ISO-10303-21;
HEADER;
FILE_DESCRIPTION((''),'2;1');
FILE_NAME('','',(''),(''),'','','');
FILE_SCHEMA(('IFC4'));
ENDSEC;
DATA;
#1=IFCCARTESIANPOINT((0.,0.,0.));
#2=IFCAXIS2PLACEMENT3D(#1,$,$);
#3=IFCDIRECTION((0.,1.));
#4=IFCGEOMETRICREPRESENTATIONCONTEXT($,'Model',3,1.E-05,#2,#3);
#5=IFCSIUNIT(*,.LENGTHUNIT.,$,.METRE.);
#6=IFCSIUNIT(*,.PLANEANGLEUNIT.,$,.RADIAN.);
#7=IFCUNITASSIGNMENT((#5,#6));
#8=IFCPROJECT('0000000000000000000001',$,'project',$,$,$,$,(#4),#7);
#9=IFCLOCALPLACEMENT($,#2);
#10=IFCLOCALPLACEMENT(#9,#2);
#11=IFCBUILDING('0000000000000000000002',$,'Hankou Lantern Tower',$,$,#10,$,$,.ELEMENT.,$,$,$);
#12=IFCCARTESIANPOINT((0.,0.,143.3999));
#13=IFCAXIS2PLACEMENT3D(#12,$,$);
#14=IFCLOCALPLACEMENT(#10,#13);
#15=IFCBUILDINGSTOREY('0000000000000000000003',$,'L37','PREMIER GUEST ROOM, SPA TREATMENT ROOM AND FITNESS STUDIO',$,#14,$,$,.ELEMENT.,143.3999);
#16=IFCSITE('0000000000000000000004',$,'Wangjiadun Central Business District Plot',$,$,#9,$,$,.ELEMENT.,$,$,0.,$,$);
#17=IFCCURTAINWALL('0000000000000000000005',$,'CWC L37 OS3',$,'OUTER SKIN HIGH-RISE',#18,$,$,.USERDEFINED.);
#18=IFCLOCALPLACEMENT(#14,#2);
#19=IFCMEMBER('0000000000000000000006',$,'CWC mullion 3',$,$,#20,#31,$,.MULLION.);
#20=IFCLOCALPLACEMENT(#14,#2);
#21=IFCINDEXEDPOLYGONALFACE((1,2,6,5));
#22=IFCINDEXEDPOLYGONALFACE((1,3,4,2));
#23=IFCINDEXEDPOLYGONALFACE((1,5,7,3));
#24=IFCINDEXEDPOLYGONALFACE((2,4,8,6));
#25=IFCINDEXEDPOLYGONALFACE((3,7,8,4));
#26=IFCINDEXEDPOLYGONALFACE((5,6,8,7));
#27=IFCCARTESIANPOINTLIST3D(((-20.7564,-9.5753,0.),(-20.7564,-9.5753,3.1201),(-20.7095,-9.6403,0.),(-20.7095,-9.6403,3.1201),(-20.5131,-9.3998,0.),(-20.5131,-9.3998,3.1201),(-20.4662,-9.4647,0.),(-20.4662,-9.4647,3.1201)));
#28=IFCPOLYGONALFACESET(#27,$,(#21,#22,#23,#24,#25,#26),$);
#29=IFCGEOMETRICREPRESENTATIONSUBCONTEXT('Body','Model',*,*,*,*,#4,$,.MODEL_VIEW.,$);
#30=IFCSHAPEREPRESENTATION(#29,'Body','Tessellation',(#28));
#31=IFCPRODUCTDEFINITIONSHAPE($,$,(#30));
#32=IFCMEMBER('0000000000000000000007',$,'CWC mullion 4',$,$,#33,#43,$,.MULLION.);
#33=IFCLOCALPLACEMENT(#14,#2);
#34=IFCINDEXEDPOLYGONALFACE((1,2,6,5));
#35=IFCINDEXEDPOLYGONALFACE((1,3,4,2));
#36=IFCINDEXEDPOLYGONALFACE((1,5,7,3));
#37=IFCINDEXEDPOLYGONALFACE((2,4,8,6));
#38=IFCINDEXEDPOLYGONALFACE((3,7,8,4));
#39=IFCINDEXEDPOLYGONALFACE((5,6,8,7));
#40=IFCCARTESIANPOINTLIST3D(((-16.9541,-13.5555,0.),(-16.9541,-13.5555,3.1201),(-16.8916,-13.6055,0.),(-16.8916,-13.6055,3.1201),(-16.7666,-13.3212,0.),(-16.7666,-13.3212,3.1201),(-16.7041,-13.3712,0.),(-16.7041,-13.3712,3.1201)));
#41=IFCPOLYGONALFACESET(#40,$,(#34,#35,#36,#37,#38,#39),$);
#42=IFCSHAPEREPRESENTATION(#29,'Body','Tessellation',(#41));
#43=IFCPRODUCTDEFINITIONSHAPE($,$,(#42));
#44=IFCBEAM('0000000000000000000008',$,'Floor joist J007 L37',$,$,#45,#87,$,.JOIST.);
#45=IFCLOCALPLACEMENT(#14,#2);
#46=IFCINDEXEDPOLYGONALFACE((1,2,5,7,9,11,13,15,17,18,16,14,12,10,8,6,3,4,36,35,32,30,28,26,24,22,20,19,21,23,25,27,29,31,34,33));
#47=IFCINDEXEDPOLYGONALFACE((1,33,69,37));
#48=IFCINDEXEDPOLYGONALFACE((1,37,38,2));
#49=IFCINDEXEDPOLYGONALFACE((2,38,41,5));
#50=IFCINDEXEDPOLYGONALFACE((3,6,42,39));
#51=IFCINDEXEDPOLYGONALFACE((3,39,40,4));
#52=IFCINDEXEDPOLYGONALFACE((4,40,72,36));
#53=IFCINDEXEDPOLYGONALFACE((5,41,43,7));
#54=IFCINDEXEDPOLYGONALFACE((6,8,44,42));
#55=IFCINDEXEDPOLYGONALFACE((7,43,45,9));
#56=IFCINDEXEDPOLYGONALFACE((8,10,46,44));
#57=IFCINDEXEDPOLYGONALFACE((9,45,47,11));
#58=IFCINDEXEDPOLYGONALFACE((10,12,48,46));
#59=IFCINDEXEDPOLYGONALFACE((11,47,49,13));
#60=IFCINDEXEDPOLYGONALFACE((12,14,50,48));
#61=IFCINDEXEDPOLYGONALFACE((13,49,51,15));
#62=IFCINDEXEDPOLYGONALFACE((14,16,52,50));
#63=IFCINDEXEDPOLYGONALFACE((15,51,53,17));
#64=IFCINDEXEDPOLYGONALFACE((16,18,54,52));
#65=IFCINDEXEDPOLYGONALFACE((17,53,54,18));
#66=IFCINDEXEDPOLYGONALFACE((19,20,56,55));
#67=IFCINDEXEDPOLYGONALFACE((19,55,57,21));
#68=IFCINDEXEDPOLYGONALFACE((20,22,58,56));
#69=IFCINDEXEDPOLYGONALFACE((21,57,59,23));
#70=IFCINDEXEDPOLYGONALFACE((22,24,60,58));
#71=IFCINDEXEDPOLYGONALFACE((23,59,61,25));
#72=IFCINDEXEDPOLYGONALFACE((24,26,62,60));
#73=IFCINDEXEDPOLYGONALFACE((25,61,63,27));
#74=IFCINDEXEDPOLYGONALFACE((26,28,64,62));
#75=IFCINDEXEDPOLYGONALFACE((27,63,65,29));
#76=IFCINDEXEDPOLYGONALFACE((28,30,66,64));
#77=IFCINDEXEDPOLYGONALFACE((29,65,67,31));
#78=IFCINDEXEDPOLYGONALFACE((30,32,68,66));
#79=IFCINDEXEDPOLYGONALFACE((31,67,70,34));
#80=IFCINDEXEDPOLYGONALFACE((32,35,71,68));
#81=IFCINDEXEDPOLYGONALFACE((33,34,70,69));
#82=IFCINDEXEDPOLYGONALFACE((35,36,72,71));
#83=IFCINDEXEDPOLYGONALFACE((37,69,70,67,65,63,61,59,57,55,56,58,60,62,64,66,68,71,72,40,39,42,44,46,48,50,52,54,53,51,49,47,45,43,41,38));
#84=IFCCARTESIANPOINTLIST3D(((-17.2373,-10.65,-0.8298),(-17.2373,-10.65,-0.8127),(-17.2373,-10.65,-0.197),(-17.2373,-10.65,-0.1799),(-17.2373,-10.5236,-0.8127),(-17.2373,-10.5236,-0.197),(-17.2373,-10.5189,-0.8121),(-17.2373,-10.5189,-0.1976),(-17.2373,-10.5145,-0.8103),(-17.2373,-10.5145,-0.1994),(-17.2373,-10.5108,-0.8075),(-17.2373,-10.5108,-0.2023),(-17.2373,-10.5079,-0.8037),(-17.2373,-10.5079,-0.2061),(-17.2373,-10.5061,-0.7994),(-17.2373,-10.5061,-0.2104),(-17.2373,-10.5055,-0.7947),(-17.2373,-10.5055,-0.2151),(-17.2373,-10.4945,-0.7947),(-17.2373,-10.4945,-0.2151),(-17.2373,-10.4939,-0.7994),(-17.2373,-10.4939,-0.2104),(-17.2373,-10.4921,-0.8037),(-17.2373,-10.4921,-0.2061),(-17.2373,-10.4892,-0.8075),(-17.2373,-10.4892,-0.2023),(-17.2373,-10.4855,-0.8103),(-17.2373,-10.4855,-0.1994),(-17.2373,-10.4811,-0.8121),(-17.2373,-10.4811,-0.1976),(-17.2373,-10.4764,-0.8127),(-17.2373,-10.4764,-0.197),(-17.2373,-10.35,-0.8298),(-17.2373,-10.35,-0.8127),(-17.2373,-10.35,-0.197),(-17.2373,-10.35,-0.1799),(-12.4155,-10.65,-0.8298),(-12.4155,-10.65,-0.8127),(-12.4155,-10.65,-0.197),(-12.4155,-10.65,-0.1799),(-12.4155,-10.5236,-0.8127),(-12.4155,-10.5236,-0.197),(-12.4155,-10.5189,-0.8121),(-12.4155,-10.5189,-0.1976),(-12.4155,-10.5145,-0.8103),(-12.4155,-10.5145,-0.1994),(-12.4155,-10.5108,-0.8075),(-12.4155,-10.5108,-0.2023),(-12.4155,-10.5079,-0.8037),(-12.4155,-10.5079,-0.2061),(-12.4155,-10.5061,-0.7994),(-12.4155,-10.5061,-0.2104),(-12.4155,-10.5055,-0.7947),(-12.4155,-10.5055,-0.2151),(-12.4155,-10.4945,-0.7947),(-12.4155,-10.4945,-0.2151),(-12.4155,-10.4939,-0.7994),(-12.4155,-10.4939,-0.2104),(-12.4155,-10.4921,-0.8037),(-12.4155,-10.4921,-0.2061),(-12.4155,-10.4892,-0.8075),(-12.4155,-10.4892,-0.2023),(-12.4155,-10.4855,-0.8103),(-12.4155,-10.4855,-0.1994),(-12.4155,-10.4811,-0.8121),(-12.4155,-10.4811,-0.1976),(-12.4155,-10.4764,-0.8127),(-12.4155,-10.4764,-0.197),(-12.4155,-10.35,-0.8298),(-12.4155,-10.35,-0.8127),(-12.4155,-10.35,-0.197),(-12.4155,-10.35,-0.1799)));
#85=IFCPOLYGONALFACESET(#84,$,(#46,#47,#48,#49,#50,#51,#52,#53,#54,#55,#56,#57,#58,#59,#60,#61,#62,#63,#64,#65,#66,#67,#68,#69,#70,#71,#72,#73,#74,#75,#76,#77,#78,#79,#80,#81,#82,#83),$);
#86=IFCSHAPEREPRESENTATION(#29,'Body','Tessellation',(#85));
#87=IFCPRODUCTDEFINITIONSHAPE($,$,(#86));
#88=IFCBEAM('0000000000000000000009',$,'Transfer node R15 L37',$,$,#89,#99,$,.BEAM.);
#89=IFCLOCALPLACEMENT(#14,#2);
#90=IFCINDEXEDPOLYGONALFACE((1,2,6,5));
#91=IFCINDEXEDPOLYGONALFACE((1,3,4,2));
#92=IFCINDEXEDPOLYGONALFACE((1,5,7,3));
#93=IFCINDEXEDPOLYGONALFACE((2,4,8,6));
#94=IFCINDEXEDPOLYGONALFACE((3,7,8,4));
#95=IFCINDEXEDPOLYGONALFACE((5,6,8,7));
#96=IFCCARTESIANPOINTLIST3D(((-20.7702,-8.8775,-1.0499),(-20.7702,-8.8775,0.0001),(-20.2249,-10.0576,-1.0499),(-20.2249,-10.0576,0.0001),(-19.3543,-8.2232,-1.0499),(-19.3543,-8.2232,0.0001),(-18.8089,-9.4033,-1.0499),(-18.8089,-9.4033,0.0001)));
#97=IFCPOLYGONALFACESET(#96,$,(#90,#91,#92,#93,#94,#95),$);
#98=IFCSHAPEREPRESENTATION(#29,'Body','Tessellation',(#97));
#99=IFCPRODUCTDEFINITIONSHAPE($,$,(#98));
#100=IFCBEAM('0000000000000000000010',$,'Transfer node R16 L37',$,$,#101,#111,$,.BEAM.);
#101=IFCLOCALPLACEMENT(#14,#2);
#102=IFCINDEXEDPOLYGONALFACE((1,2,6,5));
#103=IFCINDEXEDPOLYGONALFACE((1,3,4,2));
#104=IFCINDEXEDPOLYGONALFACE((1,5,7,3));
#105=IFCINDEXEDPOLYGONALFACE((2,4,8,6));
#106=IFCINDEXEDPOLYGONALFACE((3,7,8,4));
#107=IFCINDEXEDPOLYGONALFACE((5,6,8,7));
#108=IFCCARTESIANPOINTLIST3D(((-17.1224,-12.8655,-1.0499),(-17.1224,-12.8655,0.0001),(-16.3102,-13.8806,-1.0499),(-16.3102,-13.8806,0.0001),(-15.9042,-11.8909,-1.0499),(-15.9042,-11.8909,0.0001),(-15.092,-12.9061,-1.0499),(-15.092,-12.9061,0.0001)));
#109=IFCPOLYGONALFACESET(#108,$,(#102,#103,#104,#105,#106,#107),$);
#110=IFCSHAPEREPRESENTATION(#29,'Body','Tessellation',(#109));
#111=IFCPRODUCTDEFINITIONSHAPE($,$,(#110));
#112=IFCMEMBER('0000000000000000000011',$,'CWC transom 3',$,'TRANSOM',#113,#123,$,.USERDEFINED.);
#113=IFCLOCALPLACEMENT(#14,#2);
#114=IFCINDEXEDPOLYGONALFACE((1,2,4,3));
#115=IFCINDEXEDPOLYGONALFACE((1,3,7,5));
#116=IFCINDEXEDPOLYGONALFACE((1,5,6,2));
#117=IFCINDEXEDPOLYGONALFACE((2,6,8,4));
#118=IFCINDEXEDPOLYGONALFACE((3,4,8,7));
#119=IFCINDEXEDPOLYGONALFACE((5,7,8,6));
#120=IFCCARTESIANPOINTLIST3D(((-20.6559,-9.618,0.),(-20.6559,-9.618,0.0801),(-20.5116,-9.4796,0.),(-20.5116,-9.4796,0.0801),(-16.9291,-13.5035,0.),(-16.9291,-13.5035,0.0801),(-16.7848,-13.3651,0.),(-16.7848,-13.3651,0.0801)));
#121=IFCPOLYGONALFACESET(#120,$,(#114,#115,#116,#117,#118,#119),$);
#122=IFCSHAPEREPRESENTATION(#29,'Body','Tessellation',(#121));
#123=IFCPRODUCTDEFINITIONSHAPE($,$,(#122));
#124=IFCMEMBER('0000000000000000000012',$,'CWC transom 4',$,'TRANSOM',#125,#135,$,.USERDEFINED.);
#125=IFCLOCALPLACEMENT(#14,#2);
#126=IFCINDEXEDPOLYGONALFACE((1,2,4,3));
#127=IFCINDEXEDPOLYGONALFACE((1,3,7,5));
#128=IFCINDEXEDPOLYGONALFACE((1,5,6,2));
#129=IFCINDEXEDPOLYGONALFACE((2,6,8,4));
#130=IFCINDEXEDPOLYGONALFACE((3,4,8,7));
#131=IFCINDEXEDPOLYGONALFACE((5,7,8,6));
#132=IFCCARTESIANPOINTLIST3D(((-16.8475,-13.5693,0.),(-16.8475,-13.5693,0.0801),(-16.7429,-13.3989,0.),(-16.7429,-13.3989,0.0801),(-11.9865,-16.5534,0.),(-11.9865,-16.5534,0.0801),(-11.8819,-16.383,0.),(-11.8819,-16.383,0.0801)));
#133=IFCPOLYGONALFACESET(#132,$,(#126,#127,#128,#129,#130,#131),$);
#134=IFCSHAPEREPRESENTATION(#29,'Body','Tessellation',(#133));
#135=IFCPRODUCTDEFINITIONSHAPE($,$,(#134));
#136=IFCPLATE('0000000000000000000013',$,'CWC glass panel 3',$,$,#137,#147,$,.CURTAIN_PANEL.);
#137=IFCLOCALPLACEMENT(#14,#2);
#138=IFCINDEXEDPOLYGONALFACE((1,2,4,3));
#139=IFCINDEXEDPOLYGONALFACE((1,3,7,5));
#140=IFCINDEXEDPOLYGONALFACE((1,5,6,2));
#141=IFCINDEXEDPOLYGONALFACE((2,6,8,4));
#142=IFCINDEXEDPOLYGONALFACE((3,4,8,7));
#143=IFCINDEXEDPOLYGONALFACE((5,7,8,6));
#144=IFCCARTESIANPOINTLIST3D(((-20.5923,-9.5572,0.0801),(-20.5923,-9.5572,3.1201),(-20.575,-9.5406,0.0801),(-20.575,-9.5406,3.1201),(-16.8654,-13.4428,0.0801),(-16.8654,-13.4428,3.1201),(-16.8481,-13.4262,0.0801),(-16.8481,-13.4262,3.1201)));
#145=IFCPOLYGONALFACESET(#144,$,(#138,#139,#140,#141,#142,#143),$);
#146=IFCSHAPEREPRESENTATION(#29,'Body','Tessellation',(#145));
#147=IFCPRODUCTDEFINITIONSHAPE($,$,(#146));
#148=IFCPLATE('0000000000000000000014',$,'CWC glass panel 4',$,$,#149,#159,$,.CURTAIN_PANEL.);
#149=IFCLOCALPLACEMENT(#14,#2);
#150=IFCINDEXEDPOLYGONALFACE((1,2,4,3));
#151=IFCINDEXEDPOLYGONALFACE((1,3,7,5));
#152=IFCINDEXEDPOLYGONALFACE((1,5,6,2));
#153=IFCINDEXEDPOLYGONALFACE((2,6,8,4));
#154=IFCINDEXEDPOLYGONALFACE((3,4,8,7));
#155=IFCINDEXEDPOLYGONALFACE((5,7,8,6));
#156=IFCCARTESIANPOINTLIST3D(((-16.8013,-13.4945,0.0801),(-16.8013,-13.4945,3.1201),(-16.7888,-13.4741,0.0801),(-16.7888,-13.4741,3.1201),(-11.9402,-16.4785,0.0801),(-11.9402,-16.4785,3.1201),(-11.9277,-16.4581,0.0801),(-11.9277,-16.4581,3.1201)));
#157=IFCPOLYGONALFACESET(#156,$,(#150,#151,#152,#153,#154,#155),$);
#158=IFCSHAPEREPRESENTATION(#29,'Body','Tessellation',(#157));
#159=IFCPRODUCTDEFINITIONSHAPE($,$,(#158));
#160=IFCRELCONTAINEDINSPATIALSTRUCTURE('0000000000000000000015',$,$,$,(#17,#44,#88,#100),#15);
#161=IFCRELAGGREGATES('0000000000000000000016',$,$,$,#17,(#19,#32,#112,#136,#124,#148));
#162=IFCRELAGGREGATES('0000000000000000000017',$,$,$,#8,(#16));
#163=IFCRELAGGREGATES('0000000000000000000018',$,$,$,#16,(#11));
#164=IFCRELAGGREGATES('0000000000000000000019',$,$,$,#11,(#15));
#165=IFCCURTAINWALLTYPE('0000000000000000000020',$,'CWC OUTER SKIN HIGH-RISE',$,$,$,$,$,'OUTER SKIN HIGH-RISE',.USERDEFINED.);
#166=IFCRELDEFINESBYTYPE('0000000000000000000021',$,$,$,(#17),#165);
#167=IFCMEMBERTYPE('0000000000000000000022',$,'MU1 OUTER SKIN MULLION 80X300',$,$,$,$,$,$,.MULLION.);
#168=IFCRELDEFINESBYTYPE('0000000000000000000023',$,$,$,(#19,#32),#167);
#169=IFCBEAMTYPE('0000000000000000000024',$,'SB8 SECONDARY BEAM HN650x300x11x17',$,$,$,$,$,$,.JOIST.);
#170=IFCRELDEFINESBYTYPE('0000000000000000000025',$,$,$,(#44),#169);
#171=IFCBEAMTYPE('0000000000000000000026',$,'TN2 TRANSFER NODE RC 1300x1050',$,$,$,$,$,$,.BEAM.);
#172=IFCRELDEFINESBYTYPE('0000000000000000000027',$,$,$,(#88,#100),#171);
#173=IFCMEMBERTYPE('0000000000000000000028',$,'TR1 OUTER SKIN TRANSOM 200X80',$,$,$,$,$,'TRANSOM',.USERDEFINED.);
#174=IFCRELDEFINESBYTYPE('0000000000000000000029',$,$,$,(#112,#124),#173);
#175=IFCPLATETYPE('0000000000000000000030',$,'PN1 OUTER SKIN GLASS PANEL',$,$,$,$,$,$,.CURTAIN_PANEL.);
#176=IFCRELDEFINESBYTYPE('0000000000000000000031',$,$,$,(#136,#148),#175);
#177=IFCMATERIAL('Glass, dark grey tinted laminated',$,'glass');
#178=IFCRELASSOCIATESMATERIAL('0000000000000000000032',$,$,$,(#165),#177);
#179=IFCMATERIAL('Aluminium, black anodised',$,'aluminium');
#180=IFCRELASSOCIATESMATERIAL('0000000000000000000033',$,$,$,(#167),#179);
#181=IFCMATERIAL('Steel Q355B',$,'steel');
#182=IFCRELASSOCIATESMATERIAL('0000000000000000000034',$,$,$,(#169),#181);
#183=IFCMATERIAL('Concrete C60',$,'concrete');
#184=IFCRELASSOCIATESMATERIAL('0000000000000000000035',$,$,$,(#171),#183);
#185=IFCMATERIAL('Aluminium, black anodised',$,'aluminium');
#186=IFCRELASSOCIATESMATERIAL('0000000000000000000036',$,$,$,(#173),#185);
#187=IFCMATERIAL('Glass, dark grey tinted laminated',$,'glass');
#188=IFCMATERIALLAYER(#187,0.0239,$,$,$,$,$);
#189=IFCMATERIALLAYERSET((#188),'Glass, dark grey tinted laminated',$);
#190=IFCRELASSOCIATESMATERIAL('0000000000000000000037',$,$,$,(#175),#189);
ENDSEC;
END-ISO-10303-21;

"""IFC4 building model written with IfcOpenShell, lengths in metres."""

from ifc_helpers import new_model, si_unit, direction, frame, origin, origin_2d, place, context, subcontext, project, spatial, rectangle, i_section, extrude, material, layer, layer_set, material_profile, profile_set, type_object, element, aggregate, save


model = new_model("IFC4")

# Units and contexts
model_context = context("Model", 3, precision=1e-05, world=origin(), true_north=direction((0.0, 1.0)))
body_context = subcontext(model_context, "Body", "Model", "MODEL_VIEW")
ifc_project = project(units=[si_unit("LENGTHUNIT", "METRE"), si_unit("PLANEANGLEUNIT", "RADIAN")], contexts=[model_context])

# Site, building, storey
site_placement = place(None, origin())
site = spatial("IfcSite", under=ifc_project, at=site_placement, Name="Wangjiadun Central Business District Plot", CompositionType="ELEMENT", RefElevation=0.0)
building_placement = place(site_placement, origin())
building = spatial("IfcBuilding", under=site, at=building_placement, Name="Hankou Lantern Tower", CompositionType="ELEMENT")
storey_placement = place(building_placement, frame((0.0, 0.0, 143.3999)))
storey = spatial("IfcBuildingStorey", under=building, at=storey_placement, Name="L37", Description="PREMIER GUEST ROOM, SPA TREATMENT ROOM AND FITNESS STUDIO", CompositionType="ELEMENT", Elevation=143.3999)

# Curtain wall, members
ifc_material_1 = material(Name="Glass, dark grey tinted laminated", Category="glass")
curtain_wall_type = type_object("IfcCurtainWallType", Name="CWC OUTER SKIN HIGH-RISE", ElementType="OUTER SKIN HIGH-RISE", PredefinedType="USERDEFINED", material=ifc_material_1)
curtain_wall_placement = place(storey_placement, origin())
curtain_wall = element("IfcCurtainWall", 1, at=curtain_wall_placement, inside=storey, type_object=curtain_wall_type, Name="CWC L37 OS3", ObjectType="OUTER SKIN HIGH-RISE", PredefinedType="USERDEFINED")
ifc_material_2 = material(Name="Aluminium, black anodised", Category="aluminium")
ifc_material_profile_1 = material_profile(ifc_material_2, rectangle(XDim=0.0801, YDim=0.3, at=origin_2d()), Name="MU1 80X300")
ifc_profile_set_1 = profile_set([ifc_material_profile_1], Name="Aluminium, black anodised")
member_type_1 = type_object("IfcMemberType", Name="MU1 OUTER SKIN MULLION 80X300", PredefinedType="MULLION", material=ifc_profile_set_1)
member_1_placement = place(storey_placement, frame((-20.6113, -9.52, 0.0), z_axis=(0.0, 0.0, 1.0), x_axis=(0.585206, -0.810885, 0.0)))
member_1 = element("IfcMember", 2, at=member_1_placement, type_object=member_type_1, Name="CWC mullion 3", PredefinedType="MULLION", context=body_context, shape_type="SweptSolid", body=[
    extrude(rectangle(XDim=0.0801, YDim=0.3, at=origin_2d()), origin(), (0.0, 0.0, 1.0), 3.1201),
])
member_2_placement = place(storey_placement, frame((-16.8291, -13.4634, 0.0), z_axis=(0.0, 0.0, 1.0), x_axis=(0.780869, -0.624695, 0.0)))
member_2 = element("IfcMember", 3, at=member_2_placement, type_object=member_type_1, Name="CWC mullion 4", PredefinedType="MULLION", context=body_context, shape_type="SweptSolid", body=[
    extrude(rectangle(XDim=0.0801, YDim=0.3, at=origin_2d()), origin(), (0.0, 0.0, 1.0), 3.1201),
])

# Beams
ifc_material_3 = material(Name="Steel Q355B", Category="steel")
ifc_material_profile_2 = material_profile(ifc_material_3, i_section(OverallWidth=0.3, OverallDepth=0.6499, WebThickness=0.011, FlangeThickness=0.0171, FilletRadius=0.0181, at=origin_2d()), Name="HN650x300x11x17")
ifc_profile_set_2 = profile_set([ifc_material_profile_2], Name="Steel Q355B")
beam_type_1 = type_object("IfcBeamType", Name="SB8 SECONDARY BEAM HN650x300x11x17", PredefinedType="JOIST", material=ifc_profile_set_2)
beam_1_placement = place(storey_placement, frame((-17.2373, -10.5, -0.5049), z_axis=(1.0, 0.0, 0.0), x_axis=(0.0, 1.0, 0.0)))
element("IfcBeam", 4, at=beam_1_placement, inside=storey, type_object=beam_type_1, Name="Floor joist J007 L37", PredefinedType="JOIST", context=body_context, shape_type="SweptSolid", body=[
    extrude(i_section(OverallWidth=0.3, OverallDepth=0.6499, WebThickness=0.011, FlangeThickness=0.0171, FilletRadius=0.0181, at=origin_2d()), origin(), (0.0, 0.0, 1.0), 4.8218),
])
ifc_material_4 = material(Name="Concrete C60", Category="concrete")
ifc_material_profile_3 = material_profile(ifc_material_4, rectangle(XDim=1.3, YDim=1.05, at=origin_2d()), Name="RC 1300x1050")
ifc_profile_set_3 = profile_set([ifc_material_profile_3], Name="Concrete C60")
beam_type_2 = type_object("IfcBeamType", Name="TN2 TRANSFER NODE RC 1300x1050", PredefinedType="BEAM", material=ifc_profile_set_3)
beam_2_placement = place(storey_placement, frame((-20.4976, -9.4675, -0.5249), z_axis=(0.907776, 0.419455, 0.0), x_axis=(-0.419455, 0.907776, 0.0)))
element("IfcBeam", 5, at=beam_2_placement, inside=storey, type_object=beam_type_2, Name="Transfer node R15 L37", PredefinedType="BEAM", context=body_context, shape_type="SweptSolid", body=[
    extrude(rectangle(XDim=1.3, YDim=1.05, at=origin_2d()), origin(), (0.0, 0.0, 1.0), 1.5598),
])
beam_3_placement = place(storey_placement, frame((-16.7163, -13.373, -0.5249), z_axis=(0.780869, 0.624695, 0.0), x_axis=(-0.624695, 0.780869, 0.0)))
element("IfcBeam", 6, at=beam_3_placement, inside=storey, type_object=beam_type_2, Name="Transfer node R16 L37", PredefinedType="BEAM", context=body_context, shape_type="SweptSolid", body=[
    extrude(rectangle(XDim=1.3, YDim=1.05, at=origin_2d()), origin(), (0.0, 0.0, 1.0), 1.5601),
])

# Members
ifc_material_5 = material(Name="Aluminium, black anodised", Category="aluminium")
ifc_material_profile_4 = material_profile(ifc_material_5, rectangle(XDim=0.2, YDim=0.0801, at=origin_2d()), Name="TR1 200X80")
ifc_profile_set_4 = profile_set([ifc_material_profile_4], Name="Aluminium, black anodised")
member_type_2 = type_object("IfcMemberType", Name="TR1 OUTER SKIN TRANSOM 200X80", ElementType="TRANSOM", PredefinedType="USERDEFINED", material=ifc_profile_set_4)
member_3_placement = place(storey_placement, frame((-20.5837, -9.5488, 0.04), z_axis=(0.692216, -0.721691, 0.0), x_axis=(0.721691, 0.692216, 0.0)))
member_3 = element("IfcMember", 7, at=member_3_placement, type_object=member_type_2, Name="CWC transom 3", ObjectType="TRANSOM", PredefinedType="USERDEFINED", context=body_context, shape_type="SweptSolid", body=[
    extrude(rectangle(XDim=0.2, YDim=0.0801, at=origin_2d()), origin(), (0.0, 0.0, 1.0), 5.3838),
])
member_4_placement = place(storey_placement, frame((-16.7952, -13.4841, 0.04), z_axis=(0.852229, -0.523168, 0.0), x_axis=(0.523168, 0.852229, 0.0)))
member_4 = element("IfcMember", 8, at=member_4_placement, type_object=member_type_2, Name="CWC transom 4", ObjectType="TRANSOM", PredefinedType="USERDEFINED", context=body_context, shape_type="SweptSolid", body=[
    extrude(rectangle(XDim=0.2, YDim=0.0801, at=origin_2d()), origin(), (0.0, 0.0, 1.0), 5.7039),
])

# Plates
ifc_material_6 = material(Name="Glass, dark grey tinted laminated", Category="glass")
ifc_layer_1 = layer(ifc_material_6, 0.0239)
ifc_layer_set_1 = layer_set([ifc_layer_1], Name="Glass, dark grey tinted laminated")
plate_type = type_object("IfcPlateType", Name="PN1 OUTER SKIN GLASS PANEL", PredefinedType="CURTAIN_PANEL", material=ifc_layer_set_1)
plate_1_placement = place(storey_placement, frame((-18.7202, -11.4917, 0.0801), z_axis=(0.0, 0.0, 1.0), x_axis=(0.692216, -0.721691, 0.0)))
plate_1 = element("IfcPlate", 9, at=plate_1_placement, type_object=plate_type, Name="CWC glass panel 3", PredefinedType="CURTAIN_PANEL", context=body_context, shape_type="SweptSolid", body=[
    extrude(rectangle(XDim=5.384, YDim=0.0239, at=origin_2d()), origin(), (0.0, 0.0, 1.0), 3.04),
])
plate_2_placement = place(storey_placement, frame((-14.3645, -14.9763, 0.0801), z_axis=(0.0, 0.0, 1.0), x_axis=(0.852237, -0.523156, 0.0)))
plate_2 = element("IfcPlate", 10, at=plate_2_placement, type_object=plate_type, Name="CWC glass panel 4", PredefinedType="CURTAIN_PANEL", context=body_context, shape_type="SweptSolid", body=[
    extrude(rectangle(XDim=5.7039, YDim=0.0239, at=origin_2d()), origin(), (0.0, 0.0, 1.0), 3.04),
])
aggregate(curtain_wall, [member_1, member_2, member_3, plate_1, member_4, plate_2])

save(model, "model.ifc")
